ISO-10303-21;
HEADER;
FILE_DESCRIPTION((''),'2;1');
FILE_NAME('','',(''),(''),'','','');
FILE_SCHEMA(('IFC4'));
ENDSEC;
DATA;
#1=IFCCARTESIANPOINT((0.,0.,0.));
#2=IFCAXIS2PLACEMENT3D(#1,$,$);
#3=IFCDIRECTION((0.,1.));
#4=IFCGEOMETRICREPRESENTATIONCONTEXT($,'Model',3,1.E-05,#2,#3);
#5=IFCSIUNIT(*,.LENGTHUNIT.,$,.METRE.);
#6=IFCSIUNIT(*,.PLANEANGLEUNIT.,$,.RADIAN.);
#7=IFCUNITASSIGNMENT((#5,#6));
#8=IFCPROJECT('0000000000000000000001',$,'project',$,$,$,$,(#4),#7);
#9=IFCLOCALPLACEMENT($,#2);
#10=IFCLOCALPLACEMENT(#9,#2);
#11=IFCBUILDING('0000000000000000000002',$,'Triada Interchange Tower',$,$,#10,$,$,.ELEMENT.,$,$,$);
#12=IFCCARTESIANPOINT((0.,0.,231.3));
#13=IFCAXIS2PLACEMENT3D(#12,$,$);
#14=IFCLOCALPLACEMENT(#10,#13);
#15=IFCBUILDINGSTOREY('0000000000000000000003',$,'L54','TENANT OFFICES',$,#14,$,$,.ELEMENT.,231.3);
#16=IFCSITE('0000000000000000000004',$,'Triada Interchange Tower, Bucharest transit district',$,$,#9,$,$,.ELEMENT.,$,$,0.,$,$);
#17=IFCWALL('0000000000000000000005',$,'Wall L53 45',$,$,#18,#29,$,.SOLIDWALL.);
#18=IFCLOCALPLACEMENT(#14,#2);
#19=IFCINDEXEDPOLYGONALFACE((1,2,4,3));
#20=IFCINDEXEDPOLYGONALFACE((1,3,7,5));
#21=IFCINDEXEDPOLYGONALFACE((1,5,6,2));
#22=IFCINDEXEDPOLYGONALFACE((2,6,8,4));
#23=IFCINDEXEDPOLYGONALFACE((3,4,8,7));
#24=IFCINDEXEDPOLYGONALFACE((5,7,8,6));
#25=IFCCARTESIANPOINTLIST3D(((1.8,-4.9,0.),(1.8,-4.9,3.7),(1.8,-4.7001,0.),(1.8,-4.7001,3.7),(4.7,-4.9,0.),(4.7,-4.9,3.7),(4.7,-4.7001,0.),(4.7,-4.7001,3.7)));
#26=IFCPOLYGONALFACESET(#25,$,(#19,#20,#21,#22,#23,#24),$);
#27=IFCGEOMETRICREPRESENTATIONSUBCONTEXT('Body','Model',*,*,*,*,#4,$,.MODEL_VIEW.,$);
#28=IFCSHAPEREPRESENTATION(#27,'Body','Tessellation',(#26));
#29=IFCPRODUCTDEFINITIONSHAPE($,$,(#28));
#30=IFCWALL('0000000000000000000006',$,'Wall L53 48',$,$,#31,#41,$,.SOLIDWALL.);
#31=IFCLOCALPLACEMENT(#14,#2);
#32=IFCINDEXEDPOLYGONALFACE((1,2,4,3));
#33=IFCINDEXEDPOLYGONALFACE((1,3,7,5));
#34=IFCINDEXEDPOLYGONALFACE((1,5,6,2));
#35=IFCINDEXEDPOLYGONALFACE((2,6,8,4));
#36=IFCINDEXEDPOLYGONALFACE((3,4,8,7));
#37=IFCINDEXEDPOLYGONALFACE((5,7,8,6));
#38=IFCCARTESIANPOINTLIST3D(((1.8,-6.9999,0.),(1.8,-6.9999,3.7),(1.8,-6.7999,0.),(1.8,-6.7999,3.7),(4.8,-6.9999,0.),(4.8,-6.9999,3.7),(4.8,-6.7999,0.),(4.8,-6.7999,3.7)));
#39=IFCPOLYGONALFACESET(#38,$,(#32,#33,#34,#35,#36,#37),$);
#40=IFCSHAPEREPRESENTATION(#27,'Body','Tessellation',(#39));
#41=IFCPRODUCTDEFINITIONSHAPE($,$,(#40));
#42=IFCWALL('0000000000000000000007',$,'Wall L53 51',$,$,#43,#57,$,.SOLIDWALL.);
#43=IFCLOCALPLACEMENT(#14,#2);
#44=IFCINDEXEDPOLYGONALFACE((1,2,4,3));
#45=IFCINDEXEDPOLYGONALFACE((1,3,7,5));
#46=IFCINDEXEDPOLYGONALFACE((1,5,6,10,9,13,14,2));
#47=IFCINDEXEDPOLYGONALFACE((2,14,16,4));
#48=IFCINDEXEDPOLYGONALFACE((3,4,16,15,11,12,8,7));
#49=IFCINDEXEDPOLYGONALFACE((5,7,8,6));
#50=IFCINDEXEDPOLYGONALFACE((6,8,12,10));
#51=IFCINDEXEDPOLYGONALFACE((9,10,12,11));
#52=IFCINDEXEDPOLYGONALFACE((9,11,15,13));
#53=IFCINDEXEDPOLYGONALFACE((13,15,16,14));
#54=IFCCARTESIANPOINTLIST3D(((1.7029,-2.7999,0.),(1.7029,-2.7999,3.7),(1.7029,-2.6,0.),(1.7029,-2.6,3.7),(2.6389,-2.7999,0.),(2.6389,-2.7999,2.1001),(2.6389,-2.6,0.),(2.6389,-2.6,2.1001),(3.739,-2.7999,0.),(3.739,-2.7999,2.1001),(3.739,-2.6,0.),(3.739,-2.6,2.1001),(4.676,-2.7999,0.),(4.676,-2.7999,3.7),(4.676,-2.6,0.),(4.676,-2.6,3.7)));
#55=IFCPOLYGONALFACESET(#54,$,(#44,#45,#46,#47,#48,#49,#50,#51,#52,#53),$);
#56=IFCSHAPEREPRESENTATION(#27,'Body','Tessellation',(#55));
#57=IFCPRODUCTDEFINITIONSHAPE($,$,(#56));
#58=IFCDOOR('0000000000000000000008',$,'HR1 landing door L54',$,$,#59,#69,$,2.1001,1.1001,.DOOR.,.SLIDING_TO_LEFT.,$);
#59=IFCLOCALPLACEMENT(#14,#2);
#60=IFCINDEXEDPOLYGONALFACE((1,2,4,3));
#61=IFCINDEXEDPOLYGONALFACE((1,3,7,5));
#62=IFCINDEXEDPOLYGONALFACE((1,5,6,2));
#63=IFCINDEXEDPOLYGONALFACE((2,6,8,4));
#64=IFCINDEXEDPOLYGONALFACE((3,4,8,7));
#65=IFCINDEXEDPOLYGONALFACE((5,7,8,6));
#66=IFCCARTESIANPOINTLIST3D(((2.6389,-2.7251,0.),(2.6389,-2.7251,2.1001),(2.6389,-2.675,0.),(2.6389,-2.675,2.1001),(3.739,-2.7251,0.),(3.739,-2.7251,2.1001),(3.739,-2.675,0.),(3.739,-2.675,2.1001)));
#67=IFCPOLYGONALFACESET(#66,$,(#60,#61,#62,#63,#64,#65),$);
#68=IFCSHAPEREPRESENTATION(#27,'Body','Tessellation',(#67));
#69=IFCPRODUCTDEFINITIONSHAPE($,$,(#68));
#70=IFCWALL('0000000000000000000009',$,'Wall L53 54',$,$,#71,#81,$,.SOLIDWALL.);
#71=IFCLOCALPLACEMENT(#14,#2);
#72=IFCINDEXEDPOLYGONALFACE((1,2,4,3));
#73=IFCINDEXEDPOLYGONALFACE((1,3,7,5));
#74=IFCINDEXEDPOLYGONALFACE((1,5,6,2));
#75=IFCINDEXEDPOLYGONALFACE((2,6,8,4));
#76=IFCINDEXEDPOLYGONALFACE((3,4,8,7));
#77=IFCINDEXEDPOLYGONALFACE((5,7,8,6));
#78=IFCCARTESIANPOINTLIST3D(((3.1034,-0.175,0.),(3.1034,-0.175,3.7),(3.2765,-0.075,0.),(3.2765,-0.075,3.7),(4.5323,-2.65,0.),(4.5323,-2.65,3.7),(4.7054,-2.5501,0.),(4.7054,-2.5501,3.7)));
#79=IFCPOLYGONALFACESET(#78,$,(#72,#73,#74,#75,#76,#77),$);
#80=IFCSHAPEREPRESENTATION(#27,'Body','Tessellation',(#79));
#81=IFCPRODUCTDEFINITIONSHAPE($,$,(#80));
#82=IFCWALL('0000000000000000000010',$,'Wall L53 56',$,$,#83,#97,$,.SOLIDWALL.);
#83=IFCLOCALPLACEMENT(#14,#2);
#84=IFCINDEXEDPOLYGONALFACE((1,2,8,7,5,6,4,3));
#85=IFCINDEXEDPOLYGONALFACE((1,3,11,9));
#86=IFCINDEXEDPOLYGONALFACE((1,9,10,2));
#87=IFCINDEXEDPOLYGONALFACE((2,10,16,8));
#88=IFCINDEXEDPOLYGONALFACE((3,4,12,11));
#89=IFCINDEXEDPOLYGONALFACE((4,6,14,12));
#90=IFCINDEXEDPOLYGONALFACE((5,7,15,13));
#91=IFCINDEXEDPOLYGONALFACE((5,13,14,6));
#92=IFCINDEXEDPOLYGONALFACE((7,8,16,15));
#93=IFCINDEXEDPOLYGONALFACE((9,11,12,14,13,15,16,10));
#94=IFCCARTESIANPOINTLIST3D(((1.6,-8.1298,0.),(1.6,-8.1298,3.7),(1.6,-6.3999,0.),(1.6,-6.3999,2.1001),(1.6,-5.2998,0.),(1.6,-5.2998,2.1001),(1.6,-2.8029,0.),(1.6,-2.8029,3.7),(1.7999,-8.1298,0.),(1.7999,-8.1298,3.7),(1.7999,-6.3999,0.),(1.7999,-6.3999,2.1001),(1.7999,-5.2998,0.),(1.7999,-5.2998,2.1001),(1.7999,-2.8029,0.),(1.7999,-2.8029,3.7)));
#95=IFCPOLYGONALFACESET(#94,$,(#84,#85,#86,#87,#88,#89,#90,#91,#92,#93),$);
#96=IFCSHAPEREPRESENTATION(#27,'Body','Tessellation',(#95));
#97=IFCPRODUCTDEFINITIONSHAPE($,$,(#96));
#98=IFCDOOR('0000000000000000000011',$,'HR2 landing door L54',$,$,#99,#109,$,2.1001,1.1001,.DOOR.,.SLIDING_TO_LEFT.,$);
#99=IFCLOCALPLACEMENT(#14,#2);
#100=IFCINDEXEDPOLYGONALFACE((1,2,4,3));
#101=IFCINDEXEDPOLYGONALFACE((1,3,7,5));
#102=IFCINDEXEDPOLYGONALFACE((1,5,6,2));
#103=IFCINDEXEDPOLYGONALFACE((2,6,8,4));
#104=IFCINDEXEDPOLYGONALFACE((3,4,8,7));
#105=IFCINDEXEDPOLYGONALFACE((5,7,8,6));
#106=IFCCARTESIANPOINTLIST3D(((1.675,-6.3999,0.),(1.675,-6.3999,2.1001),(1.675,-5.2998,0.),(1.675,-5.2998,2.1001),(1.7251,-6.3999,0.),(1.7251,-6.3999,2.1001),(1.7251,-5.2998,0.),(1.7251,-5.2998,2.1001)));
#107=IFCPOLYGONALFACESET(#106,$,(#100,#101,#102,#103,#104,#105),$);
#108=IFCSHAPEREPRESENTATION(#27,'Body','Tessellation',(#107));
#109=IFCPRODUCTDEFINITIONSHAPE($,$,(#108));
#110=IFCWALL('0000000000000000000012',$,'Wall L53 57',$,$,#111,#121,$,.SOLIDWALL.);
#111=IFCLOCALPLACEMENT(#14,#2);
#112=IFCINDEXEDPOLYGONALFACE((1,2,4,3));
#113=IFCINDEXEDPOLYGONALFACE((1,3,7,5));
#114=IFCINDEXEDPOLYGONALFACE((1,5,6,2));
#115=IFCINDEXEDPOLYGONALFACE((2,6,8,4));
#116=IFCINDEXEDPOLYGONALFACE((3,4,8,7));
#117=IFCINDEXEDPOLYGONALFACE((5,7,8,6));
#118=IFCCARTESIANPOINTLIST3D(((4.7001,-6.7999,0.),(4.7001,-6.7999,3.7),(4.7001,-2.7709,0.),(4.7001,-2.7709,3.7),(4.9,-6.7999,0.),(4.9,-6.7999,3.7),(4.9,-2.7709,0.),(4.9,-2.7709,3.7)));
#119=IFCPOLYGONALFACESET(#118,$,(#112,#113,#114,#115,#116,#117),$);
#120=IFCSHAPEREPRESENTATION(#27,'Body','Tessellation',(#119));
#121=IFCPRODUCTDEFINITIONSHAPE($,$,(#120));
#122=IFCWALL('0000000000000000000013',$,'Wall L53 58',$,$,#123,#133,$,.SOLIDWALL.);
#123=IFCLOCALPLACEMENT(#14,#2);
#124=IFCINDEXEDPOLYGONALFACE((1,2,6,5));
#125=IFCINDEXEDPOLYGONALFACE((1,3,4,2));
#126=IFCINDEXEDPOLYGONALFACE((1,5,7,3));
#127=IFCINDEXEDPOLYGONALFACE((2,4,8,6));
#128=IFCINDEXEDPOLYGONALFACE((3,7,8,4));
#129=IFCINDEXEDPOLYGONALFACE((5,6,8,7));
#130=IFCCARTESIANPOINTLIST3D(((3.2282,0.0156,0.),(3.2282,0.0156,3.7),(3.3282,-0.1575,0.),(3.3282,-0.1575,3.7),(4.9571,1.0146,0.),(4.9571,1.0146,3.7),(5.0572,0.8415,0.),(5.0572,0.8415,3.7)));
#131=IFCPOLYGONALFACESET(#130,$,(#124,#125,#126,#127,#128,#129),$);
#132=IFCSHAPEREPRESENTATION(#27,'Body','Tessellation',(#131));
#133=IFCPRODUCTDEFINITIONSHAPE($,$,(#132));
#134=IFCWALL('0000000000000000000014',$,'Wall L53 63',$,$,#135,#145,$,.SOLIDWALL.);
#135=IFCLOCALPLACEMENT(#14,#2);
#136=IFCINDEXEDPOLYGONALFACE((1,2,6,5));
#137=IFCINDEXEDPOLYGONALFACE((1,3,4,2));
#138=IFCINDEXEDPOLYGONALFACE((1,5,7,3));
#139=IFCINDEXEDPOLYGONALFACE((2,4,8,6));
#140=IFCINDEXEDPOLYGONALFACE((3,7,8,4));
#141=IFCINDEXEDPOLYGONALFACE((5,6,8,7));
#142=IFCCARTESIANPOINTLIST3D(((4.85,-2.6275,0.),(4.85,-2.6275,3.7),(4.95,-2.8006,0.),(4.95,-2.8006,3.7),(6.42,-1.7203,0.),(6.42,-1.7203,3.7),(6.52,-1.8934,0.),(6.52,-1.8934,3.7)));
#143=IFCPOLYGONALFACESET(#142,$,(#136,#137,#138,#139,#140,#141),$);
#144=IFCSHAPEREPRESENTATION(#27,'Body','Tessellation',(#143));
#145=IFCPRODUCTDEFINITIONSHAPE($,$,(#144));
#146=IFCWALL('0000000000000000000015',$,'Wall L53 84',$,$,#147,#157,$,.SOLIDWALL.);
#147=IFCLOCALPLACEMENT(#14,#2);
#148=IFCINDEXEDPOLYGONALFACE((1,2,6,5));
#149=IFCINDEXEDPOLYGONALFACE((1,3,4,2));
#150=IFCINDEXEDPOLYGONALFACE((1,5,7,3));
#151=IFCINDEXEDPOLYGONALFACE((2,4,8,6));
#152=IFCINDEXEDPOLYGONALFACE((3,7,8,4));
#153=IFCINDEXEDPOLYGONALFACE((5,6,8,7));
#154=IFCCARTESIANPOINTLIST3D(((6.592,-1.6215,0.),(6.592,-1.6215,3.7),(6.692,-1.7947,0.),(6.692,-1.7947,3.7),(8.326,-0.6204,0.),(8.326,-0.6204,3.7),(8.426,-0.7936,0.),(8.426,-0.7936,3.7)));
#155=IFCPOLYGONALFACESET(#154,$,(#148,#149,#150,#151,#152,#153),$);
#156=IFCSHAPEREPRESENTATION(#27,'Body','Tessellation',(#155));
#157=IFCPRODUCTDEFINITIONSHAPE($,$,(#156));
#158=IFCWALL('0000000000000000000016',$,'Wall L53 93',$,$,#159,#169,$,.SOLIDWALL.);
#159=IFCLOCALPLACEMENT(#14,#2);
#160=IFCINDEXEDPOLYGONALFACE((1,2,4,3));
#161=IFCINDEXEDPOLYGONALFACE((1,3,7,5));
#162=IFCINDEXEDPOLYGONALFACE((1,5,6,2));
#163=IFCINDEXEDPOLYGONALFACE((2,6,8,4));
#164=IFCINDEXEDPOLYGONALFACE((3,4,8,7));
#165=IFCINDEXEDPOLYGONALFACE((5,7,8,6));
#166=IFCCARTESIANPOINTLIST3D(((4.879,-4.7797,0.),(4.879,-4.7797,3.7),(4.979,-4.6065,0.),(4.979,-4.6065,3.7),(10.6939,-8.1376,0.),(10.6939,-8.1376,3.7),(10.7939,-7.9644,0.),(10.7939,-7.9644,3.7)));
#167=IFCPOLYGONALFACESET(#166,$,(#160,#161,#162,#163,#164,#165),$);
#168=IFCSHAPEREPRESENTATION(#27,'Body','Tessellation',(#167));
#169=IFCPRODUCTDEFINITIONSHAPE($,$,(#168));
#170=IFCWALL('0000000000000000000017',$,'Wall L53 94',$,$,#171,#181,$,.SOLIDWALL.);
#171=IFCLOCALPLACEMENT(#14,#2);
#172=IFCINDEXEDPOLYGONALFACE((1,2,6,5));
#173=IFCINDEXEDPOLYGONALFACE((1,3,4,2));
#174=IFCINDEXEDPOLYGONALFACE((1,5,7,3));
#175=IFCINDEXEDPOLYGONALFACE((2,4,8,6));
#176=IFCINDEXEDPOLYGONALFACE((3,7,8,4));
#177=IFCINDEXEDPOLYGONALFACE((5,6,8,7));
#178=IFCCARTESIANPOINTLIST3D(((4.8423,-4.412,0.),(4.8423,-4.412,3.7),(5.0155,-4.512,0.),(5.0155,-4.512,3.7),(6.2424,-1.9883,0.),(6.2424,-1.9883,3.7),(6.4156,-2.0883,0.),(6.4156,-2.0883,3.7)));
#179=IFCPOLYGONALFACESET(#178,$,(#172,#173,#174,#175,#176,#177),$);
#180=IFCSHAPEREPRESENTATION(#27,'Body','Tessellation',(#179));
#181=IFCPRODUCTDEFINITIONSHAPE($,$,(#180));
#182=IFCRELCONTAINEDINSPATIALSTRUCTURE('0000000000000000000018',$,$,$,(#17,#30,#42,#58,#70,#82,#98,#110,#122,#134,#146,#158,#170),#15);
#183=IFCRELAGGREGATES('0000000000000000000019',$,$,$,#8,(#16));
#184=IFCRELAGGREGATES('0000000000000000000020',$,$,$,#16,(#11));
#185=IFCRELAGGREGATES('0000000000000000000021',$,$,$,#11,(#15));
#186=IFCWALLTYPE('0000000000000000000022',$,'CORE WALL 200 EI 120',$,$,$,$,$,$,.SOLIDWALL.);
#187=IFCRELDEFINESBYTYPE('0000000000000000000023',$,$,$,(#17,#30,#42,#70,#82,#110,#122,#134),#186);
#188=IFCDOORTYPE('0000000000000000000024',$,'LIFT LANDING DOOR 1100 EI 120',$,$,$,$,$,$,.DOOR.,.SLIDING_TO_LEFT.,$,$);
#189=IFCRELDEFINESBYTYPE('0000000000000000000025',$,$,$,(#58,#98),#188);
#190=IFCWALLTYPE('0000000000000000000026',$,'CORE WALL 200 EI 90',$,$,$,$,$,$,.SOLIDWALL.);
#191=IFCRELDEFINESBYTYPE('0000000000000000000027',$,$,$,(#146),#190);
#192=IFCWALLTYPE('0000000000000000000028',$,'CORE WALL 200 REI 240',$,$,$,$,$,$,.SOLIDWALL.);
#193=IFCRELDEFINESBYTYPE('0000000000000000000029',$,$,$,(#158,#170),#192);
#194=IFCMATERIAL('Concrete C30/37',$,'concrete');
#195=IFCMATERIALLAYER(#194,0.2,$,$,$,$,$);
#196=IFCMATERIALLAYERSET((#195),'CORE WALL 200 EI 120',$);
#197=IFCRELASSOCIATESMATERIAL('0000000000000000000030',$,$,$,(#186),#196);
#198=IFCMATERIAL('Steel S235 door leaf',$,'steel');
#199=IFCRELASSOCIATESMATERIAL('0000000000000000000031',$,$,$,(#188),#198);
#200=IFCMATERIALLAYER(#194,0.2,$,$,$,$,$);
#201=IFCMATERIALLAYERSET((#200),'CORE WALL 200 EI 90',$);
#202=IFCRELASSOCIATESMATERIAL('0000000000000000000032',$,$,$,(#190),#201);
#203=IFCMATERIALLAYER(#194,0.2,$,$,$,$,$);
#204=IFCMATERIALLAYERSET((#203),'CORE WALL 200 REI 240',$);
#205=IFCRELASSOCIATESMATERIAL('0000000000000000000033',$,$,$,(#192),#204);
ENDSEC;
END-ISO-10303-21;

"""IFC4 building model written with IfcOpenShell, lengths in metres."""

from ifc_helpers import new_model, si_unit, direction, frame, frame_2d, origin, place, context, subcontext, project, spatial, rectangle, extrude, material, layer, layer_set, type_object, element, fill, save


model = new_model("IFC4")

# Units and contexts
model_context = context("Model", 3, precision=1e-05, world=origin(), true_north=direction((0.0, 1.0)))
body_context = subcontext(model_context, "Body", "Model", "MODEL_VIEW")
ifc_project = project(units=[si_unit("LENGTHUNIT", "METRE"), si_unit("PLANEANGLEUNIT", "RADIAN")], contexts=[model_context])

# Site, building, storey
site_placement = place(None, origin())
site = spatial("IfcSite", under=ifc_project, at=site_placement, Name="Triada Interchange Tower, Bucharest transit district", CompositionType="ELEMENT", RefElevation=0.0)
building_placement = place(site_placement, origin())
building = spatial("IfcBuilding", under=site, at=building_placement, Name="Triada Interchange Tower", CompositionType="ELEMENT")
storey_placement = place(building_placement, frame((0.0, 0.0, 231.3)))
storey = spatial("IfcBuildingStorey", under=building, at=storey_placement, Name="L54", Description="TENANT OFFICES", CompositionType="ELEMENT", Elevation=231.3)

# Walls
ifc_material_1 = material(Name="Concrete C30/37", Category="concrete")
ifc_layer_1 = layer(ifc_material_1, 0.2)
ifc_layer_set_1 = layer_set([ifc_layer_1], Name="CORE WALL 200 EI 120")
wall_type_1 = type_object("IfcWallType", Name="CORE WALL 200 EI 120", PredefinedType="SOLIDWALL", material=ifc_layer_set_1)
wall_1_placement = place(storey_placement, frame((1.8, -4.8, 0.0), z_axis=(0.0, 0.0, 1.0), x_axis=(1.0, 0.0, 0.0)))
element("IfcWall", 1, at=wall_1_placement, inside=storey, type_object=wall_type_1, Name="Wall L53 45", PredefinedType="SOLIDWALL", context=body_context, shape_type="SweptSolid", body=[
    extrude(rectangle(XDim=2.8999, YDim=0.2, at=frame_2d((1.45, 0.0))), origin(), (0.0, 0.0, 1.0), 3.7),
])
wall_2_placement = place(storey_placement, frame((1.8, -6.8999, 0.0), z_axis=(0.0, 0.0, 1.0), x_axis=(1.0, 0.0, 0.0)))
element("IfcWall", 2, at=wall_2_placement, inside=storey, type_object=wall_type_1, Name="Wall L53 48", PredefinedType="SOLIDWALL", context=body_context, shape_type="SweptSolid", body=[
    extrude(rectangle(XDim=3.0, YDim=0.2, at=frame_2d((1.5, 0.0))), origin(), (0.0, 0.0, 1.0), 3.7),
])

# Wall, opening, door
wall_3_placement = place(storey_placement, frame((1.7029, -2.7, 0.0), z_axis=(0.0, 0.0, 1.0), x_axis=(1.0, 0.0, 0.0)))
wall_3 = element("IfcWall", 3, at=wall_3_placement, inside=storey, type_object=wall_type_1, Name="Wall L53 51", PredefinedType="SOLIDWALL", context=body_context, shape_type="SweptSolid", body=[
    extrude(rectangle(XDim=2.9731, YDim=0.2, at=frame_2d((1.4866, 0.0))), origin(), (0.0, 0.0, 1.0), 3.7),
])
opening_1_placement = place(wall_3_placement, frame((0.936, 0.0, 0.0)))
opening_1 = element("IfcOpeningElement", 4, at=opening_1_placement, cuts=wall_3, PredefinedType="OPENING", context=body_context, shape_type="SweptSolid", body=[
    extrude(rectangle(XDim=1.1001, YDim=2.1001, at=frame_2d((0.55, 1.05))), frame((0.0, 0.1099, 0.0), z_axis=(0.0, -1.0, 0.0), x_axis=(1.0, 0.0, 0.0)), (0.0, 0.0, 1.0), 0.22),
])
ifc_material_2 = material(Name="Steel S235 door leaf", Category="steel")
door_type_1 = type_object("IfcDoorType", Name="LIFT LANDING DOOR 1100 EI 120", OperationType="SLIDING_TO_LEFT", PredefinedType="DOOR", material=ifc_material_2)
door_1_placement = place(opening_1_placement, origin())
door_1 = element("IfcDoor", 5, at=door_1_placement, inside=storey, type_object=door_type_1, Name="HR1 landing door L54", OperationType="SLIDING_TO_LEFT", OverallHeight=2.1001, OverallWidth=1.1001, PredefinedType="DOOR", context=body_context, shape_type="SweptSolid", body=[
    extrude(rectangle(XDim=1.1001, YDim=2.1001, at=frame_2d((0.55, 1.05))), frame((0.0, 0.0249, 0.0), z_axis=(0.0, -1.0, 0.0), x_axis=(1.0, 0.0, 0.0)), (0.0, 0.0, 1.0), 0.05),
])
fill(opening_1, door_1)

# Wall
wall_4_placement = place(storey_placement, frame((3.1899, -0.125, 0.0), z_axis=(0.0, 0.0, 1.0), x_axis=(0.499989, -0.866032, 0.0)))
element("IfcWall", 6, at=wall_4_placement, inside=storey, type_object=wall_type_1, Name="Wall L53 54", PredefinedType="SOLIDWALL", context=body_context, shape_type="SweptSolid", body=[
    extrude(rectangle(XDim=2.8579, YDim=0.2, at=frame_2d((1.429, 0.0))), origin(), (0.0, 0.0, 1.0), 3.7),
])

# Wall, opening, door
wall_5_placement = place(storey_placement, frame((1.7, -8.1299, 0.0), z_axis=(0.0, 0.0, 1.0), x_axis=(0.0, 1.0, 0.0)))
wall_5 = element("IfcWall", 7, at=wall_5_placement, inside=storey, type_object=wall_type_1, Name="Wall L53 56", PredefinedType="SOLIDWALL", context=body_context, shape_type="SweptSolid", body=[
    extrude(rectangle(XDim=5.3269, YDim=0.2, at=frame_2d((2.6636, 0.0))), origin(), (0.0, 0.0, 1.0), 3.7),
])
opening_2_placement = place(wall_5_placement, frame((1.73, 0.0, 0.0)))
opening_2 = element("IfcOpeningElement", 8, at=opening_2_placement, cuts=wall_5, PredefinedType="OPENING", context=body_context, shape_type="SweptSolid", body=[
    extrude(rectangle(XDim=1.1001, YDim=2.1001, at=frame_2d((0.55, 1.05))), frame((0.0, 0.1099, 0.0), z_axis=(0.0, -1.0, 0.0), x_axis=(1.0, 0.0, 0.0)), (0.0, 0.0, 1.0), 0.22),
])
door_2_placement = place(opening_2_placement, origin())
door_2 = element("IfcDoor", 9, at=door_2_placement, inside=storey, type_object=door_type_1, Name="HR2 landing door L54", OperationType="SLIDING_TO_LEFT", OverallHeight=2.1001, OverallWidth=1.1001, PredefinedType="DOOR", context=body_context, shape_type="SweptSolid", body=[
    extrude(rectangle(XDim=1.1001, YDim=2.1001, at=frame_2d((0.55, 1.05))), frame((0.0, 0.0249, 0.0), z_axis=(0.0, -1.0, 0.0), x_axis=(1.0, 0.0, 0.0)), (0.0, 0.0, 1.0), 0.05),
])
fill(opening_2, door_2)

# Walls
wall_6_placement = place(storey_placement, frame((4.8, -6.8, 0.0), z_axis=(0.0, 0.0, 1.0), x_axis=(0.0, 1.0, 0.0)))
element("IfcWall", 10, at=wall_6_placement, inside=storey, type_object=wall_type_1, Name="Wall L53 57", PredefinedType="SOLIDWALL", context=body_context, shape_type="SweptSolid", body=[
    extrude(rectangle(XDim=4.0291, YDim=0.2, at=frame_2d((2.0146, 0.0))), origin(), (0.0, 0.0, 1.0), 3.7),
])
wall_7_placement = place(storey_placement, frame((3.2781, -0.071, 0.0), z_axis=(0.0, 0.0, 1.0), x_axis=(0.865856, 0.500294, 0.0)))
element("IfcWall", 11, at=wall_7_placement, inside=storey, type_object=wall_type_1, Name="Wall L53 58", PredefinedType="SOLIDWALL", context=body_context, shape_type="SweptSolid", body=[
    extrude(rectangle(XDim=1.9968, YDim=0.2, at=frame_2d((0.9985, 0.0))), origin(), (0.0, 0.0, 1.0), 3.7),
])
wall_8_placement = place(storey_placement, frame((4.8999, -2.7141, 0.0), z_axis=(0.0, 0.0, 1.0), x_axis=(0.865847, 0.500309, 0.0)))
element("IfcWall", 12, at=wall_8_placement, inside=storey, type_object=wall_type_1, Name="Wall L53 63", PredefinedType="SOLIDWALL", context=body_context, shape_type="SweptSolid", body=[
    extrude(rectangle(XDim=1.8132, YDim=0.2, at=frame_2d((0.9067, 0.0))), origin(), (0.0, 0.0, 1.0), 3.7),
])
ifc_layer_2 = layer(ifc_material_1, 0.2)
ifc_layer_set_2 = layer_set([ifc_layer_2], Name="CORE WALL 200 EI 90")
wall_type_2 = type_object("IfcWallType", Name="CORE WALL 200 EI 90", PredefinedType="SOLIDWALL", material=ifc_layer_set_2)
wall_9_placement = place(storey_placement, frame((6.6421, -1.708, 0.0), z_axis=(0.0, 0.0, 1.0), x_axis=(0.866043, 0.499969, 0.0)))
element("IfcWall", 13, at=wall_9_placement, inside=storey, type_object=wall_type_2, Name="Wall L53 84", PredefinedType="SOLIDWALL", context=body_context, shape_type="SweptSolid", body=[
    extrude(rectangle(XDim=2.0022, YDim=0.2, at=frame_2d((1.001, 0.0))), origin(), (0.0, 0.0, 1.0), 3.7),
])
ifc_layer_3 = layer(ifc_material_1, 0.2)
ifc_layer_set_3 = layer_set([ifc_layer_3], Name="CORE WALL 200 REI 240")
wall_type_3 = type_object("IfcWallType", Name="CORE WALL 200 REI 240", PredefinedType="SOLIDWALL", material=ifc_layer_set_3)
wall_10_placement = place(storey_placement, frame((4.929, -4.6931, 0.0), z_axis=(0.0, 0.0, 1.0), x_axis=(0.865983, -0.500073, 0.0)))
element("IfcWall", 14, at=wall_10_placement, inside=storey, type_object=wall_type_3, Name="Wall L53 93", PredefinedType="SOLIDWALL", context=body_context, shape_type="SweptSolid", body=[
    extrude(rectangle(XDim=6.7148, YDim=0.2, at=frame_2d((3.3574, 0.0))), origin(), (0.0, 0.0, 1.0), 3.7),
])
wall_11_placement = place(storey_placement, frame((4.929, -4.4619, 0.0), z_axis=(0.0, 0.0, 1.0), x_axis=(0.500201, 0.86591, 0.0)))
element("IfcWall", 15, at=wall_11_placement, inside=storey, type_object=wall_type_3, Name="Wall L53 94", PredefinedType="SOLIDWALL", context=body_context, shape_type="SweptSolid", body=[
    extrude(rectangle(XDim=2.7991, YDim=0.2, at=frame_2d((1.3994, 0.0))), origin(), (0.0, 0.0, 1.0), 3.7),
])

save(model, "model.ifc")
